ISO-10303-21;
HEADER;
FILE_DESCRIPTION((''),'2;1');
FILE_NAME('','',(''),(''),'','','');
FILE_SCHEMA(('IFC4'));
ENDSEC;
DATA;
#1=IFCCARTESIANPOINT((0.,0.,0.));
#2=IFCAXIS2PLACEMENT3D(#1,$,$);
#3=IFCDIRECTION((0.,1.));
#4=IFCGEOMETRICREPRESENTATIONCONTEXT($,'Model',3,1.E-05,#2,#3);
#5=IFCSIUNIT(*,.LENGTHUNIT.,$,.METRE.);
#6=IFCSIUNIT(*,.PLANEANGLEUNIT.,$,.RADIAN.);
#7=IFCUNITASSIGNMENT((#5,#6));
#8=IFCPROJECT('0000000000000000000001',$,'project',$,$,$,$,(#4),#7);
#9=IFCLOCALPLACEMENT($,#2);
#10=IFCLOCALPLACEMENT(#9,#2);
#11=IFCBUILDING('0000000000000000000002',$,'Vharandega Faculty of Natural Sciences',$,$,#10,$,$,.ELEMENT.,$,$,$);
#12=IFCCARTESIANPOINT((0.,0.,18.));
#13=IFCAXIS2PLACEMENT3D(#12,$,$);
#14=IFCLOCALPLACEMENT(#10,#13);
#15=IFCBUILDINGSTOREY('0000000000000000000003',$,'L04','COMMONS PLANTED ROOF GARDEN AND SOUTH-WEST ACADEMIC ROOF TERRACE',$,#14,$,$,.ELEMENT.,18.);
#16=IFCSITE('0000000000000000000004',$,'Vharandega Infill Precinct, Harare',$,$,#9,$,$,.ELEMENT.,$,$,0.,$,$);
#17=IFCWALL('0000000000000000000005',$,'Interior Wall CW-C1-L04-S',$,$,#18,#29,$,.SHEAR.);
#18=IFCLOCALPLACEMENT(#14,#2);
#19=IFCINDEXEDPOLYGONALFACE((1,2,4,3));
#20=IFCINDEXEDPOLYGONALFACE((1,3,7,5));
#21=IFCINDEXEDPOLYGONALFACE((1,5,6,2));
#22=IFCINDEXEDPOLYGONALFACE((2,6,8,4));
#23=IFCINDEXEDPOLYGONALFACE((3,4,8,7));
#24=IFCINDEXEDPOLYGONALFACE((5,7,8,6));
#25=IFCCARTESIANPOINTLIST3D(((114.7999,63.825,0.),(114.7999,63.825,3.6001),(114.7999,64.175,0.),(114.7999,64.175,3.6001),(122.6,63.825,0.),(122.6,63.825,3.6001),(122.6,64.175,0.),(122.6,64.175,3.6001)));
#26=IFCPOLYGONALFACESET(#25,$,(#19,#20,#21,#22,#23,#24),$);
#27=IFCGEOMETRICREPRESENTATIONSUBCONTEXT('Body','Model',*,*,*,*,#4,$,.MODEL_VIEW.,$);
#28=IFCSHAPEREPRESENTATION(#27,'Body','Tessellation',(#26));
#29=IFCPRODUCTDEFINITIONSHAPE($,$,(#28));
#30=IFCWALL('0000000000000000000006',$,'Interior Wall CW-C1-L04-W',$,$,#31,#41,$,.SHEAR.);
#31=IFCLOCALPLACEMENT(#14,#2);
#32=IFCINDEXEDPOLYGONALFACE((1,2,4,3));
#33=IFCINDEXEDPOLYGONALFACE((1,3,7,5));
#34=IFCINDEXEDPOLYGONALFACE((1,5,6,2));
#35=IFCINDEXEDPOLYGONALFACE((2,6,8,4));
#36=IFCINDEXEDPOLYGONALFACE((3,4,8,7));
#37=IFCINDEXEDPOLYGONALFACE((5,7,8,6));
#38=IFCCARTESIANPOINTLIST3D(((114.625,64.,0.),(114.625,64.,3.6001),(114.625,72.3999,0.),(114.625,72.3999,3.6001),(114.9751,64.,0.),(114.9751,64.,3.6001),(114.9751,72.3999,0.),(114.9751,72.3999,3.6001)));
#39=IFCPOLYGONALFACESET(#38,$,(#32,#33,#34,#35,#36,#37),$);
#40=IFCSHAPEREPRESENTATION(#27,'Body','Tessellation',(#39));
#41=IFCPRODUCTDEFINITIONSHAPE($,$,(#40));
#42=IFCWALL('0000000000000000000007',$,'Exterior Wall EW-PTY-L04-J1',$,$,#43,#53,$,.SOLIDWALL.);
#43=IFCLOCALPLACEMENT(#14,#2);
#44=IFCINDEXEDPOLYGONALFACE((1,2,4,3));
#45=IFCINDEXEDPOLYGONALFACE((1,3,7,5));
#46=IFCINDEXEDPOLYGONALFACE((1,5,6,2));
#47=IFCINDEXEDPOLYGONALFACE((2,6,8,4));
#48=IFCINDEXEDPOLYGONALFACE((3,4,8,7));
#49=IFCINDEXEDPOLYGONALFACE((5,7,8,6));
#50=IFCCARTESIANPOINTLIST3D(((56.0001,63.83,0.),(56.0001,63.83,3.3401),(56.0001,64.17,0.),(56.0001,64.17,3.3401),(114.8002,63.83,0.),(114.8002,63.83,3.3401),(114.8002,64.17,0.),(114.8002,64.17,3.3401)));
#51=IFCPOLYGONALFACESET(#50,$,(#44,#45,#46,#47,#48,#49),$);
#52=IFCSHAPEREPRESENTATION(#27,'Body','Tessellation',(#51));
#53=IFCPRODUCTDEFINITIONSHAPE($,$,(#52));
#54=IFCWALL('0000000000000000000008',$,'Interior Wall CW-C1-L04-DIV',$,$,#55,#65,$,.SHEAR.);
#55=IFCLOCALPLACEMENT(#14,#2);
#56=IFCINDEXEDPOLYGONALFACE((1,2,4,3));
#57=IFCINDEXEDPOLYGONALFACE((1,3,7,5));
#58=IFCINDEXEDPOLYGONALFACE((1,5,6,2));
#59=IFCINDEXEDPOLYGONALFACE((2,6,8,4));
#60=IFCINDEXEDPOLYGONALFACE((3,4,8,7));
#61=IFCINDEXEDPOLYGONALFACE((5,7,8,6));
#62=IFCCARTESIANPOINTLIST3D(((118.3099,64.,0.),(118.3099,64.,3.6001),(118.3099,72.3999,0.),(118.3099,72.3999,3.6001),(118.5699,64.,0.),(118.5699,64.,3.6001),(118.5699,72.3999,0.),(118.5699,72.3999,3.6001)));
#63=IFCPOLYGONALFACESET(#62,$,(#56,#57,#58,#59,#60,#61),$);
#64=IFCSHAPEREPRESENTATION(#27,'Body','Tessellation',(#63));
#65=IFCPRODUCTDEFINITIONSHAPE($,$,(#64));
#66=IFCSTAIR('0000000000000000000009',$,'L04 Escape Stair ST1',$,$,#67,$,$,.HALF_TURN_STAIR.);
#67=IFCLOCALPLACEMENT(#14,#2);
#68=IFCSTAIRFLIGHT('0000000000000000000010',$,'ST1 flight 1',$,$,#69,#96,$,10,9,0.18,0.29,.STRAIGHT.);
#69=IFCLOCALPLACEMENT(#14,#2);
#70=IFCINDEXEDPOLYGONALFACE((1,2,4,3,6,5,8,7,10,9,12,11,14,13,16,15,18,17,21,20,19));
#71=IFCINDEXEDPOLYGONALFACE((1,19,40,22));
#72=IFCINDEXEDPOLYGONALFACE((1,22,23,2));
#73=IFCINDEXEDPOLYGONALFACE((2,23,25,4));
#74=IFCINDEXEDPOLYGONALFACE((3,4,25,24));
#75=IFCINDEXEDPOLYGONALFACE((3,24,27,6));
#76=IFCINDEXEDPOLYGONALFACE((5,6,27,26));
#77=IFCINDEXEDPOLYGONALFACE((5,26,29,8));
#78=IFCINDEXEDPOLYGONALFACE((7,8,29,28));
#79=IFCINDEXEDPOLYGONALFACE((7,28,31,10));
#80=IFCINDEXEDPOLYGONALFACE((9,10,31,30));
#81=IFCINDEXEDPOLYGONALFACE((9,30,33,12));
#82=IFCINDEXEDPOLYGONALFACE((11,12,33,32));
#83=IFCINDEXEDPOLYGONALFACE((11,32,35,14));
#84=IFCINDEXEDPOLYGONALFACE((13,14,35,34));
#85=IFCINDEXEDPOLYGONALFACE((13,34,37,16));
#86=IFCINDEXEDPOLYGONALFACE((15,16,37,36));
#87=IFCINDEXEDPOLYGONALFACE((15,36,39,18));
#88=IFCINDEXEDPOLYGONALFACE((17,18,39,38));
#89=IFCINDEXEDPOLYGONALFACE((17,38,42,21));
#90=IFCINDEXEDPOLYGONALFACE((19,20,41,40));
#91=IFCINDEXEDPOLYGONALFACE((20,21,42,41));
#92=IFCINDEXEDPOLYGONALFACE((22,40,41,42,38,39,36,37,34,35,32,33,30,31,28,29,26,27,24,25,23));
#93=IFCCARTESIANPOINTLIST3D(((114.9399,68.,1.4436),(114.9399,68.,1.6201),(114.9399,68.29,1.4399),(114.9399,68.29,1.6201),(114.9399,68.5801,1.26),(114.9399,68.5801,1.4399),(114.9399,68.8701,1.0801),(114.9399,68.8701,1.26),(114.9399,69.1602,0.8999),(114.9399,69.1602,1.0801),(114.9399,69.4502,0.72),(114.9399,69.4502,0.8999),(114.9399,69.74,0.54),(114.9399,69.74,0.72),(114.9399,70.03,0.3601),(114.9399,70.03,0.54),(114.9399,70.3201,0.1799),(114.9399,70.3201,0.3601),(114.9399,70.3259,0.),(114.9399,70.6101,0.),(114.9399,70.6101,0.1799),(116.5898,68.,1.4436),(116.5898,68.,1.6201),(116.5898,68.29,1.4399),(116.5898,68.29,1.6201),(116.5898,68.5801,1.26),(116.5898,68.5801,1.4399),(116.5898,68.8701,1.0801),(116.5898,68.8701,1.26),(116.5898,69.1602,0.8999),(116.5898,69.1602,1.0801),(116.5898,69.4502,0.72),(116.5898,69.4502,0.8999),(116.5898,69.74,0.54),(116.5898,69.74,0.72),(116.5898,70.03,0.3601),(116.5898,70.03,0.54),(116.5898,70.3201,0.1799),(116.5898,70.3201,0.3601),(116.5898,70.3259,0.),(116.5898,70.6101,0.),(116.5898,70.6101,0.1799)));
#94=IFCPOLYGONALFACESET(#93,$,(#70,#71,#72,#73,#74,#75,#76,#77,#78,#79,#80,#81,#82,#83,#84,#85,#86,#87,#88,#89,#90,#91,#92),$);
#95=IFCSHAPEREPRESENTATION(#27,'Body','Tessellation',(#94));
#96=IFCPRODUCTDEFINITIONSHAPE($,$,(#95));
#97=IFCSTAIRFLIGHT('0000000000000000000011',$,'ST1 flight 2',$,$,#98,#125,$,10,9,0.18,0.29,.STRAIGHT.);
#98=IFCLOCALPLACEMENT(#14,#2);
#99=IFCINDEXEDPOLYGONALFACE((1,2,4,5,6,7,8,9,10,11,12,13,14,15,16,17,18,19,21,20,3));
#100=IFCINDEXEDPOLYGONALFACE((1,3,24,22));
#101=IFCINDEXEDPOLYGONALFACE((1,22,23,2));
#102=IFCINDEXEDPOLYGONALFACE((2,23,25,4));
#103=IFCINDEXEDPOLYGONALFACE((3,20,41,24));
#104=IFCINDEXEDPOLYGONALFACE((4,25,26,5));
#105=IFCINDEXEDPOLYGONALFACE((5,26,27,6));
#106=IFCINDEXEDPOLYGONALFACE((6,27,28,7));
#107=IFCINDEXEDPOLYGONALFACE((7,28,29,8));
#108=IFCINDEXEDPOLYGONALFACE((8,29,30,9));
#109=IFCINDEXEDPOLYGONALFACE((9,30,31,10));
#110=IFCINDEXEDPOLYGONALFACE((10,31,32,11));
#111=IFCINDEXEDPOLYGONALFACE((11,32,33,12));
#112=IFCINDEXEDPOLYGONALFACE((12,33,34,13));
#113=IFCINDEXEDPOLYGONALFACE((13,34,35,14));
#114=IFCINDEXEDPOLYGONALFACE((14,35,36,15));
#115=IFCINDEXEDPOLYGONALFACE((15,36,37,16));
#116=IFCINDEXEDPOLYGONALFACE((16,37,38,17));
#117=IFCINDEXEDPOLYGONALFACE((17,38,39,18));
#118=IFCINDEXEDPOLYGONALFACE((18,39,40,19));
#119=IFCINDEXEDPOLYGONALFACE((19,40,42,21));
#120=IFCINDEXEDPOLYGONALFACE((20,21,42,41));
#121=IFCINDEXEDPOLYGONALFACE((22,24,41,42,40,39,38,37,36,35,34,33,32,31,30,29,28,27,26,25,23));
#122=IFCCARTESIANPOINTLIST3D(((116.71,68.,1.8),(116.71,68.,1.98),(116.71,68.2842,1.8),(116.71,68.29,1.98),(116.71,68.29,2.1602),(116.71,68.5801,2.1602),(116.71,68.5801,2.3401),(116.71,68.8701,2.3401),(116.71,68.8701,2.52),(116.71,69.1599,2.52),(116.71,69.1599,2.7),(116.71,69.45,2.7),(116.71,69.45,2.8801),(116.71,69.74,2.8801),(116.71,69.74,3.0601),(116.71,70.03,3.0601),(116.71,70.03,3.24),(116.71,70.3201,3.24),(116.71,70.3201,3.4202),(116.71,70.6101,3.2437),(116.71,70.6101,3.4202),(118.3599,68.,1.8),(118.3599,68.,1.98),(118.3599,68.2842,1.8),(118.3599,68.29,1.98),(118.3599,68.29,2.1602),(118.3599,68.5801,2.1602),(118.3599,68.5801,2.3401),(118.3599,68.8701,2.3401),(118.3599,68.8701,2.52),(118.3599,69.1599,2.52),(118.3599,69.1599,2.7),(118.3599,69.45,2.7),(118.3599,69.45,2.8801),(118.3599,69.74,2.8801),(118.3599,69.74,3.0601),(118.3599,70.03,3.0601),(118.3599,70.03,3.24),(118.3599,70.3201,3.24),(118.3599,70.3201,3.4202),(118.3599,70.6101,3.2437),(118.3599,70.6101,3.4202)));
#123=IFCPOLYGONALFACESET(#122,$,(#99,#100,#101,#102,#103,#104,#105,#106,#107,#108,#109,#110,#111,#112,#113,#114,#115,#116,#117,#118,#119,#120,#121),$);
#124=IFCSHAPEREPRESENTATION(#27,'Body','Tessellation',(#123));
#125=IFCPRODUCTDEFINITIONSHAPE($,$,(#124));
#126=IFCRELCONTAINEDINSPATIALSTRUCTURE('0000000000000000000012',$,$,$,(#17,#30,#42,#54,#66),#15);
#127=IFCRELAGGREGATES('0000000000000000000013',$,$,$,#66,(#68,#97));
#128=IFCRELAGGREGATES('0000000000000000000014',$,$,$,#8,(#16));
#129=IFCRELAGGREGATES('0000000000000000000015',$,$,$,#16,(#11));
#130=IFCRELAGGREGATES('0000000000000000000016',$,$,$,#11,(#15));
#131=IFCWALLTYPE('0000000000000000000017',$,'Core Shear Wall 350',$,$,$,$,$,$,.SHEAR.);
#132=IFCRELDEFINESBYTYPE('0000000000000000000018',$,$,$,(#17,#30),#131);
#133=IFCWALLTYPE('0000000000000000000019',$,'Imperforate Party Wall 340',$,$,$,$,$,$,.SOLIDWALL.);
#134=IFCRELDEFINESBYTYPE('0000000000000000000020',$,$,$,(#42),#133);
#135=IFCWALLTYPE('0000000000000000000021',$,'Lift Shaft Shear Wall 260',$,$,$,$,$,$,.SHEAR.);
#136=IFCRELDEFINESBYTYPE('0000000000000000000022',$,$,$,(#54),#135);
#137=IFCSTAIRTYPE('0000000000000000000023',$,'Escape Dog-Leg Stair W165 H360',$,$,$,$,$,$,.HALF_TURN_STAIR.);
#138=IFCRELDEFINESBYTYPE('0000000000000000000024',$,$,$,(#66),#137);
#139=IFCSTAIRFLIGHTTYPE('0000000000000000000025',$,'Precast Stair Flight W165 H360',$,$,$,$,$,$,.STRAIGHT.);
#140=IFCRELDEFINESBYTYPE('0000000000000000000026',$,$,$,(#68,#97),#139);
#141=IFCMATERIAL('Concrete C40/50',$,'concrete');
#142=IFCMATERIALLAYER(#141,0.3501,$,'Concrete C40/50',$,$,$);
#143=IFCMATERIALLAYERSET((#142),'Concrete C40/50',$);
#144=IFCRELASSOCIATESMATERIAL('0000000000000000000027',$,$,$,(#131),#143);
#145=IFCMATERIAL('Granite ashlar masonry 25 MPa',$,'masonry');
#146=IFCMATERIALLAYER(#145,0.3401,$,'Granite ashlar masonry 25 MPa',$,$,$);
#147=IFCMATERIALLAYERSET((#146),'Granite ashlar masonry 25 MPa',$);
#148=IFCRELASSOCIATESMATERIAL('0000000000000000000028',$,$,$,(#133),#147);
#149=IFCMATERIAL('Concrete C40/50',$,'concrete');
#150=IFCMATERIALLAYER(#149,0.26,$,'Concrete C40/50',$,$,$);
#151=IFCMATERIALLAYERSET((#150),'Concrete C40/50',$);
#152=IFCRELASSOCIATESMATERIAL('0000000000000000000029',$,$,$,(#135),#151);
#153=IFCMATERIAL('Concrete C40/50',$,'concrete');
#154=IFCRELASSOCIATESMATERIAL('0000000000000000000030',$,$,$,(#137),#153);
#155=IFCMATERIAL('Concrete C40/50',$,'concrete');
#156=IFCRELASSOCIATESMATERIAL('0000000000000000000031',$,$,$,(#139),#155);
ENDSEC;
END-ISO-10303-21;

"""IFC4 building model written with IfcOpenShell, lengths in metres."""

from ifc_helpers import new_model, si_unit, direction, frame, frame_2d, origin, place, context, subcontext, project, spatial, polyline, rectangle, outline, extrude, material, layer, layer_set, type_object, element, aggregate, save


model = new_model("IFC4")

# Units and contexts
model_context = context("Model", 3, precision=1e-05, world=origin(), true_north=direction((0.0, 1.0)))
body_context = subcontext(model_context, "Body", "Model", "MODEL_VIEW")
ifc_project = project(units=[si_unit("LENGTHUNIT", "METRE"), si_unit("PLANEANGLEUNIT", "RADIAN")], contexts=[model_context])

# Site, building, storey
site_placement = place(None, origin())
site = spatial("IfcSite", under=ifc_project, at=site_placement, Name="Vharandega Infill Precinct, Harare", CompositionType="ELEMENT", RefElevation=0.0)
building_placement = place(site_placement, origin())
building = spatial("IfcBuilding", under=site, at=building_placement, Name="Vharandega Faculty of Natural Sciences", CompositionType="ELEMENT")
storey_placement = place(building_placement, frame((0.0, 0.0, 18.0)))
storey = spatial("IfcBuildingStorey", under=building, at=storey_placement, Name="L04", Description="COMMONS PLANTED ROOF GARDEN AND SOUTH-WEST ACADEMIC ROOF TERRACE", CompositionType="ELEMENT", Elevation=18.0)

# Walls
ifc_material_1 = material(Name="Concrete C40/50", Category="concrete")
ifc_layer_1 = layer(ifc_material_1, 0.3501, Name="Concrete C40/50")
ifc_layer_set_1 = layer_set([ifc_layer_1], Name="Concrete C40/50")
wall_type_1 = type_object("IfcWallType", Name="Core Shear Wall 350", PredefinedType="SHEAR", material=ifc_layer_set_1)
wall_1_placement = place(storey_placement, frame((114.8, 64.0, 0.0), z_axis=(0.0, 0.0, 1.0), x_axis=(1.0, 0.0, 0.0)))
element("IfcWall", 1, at=wall_1_placement, inside=storey, type_object=wall_type_1, Name="Interior Wall CW-C1-L04-S", PredefinedType="SHEAR", context=body_context, shape_type="SweptSolid", body=[
    extrude(rectangle(XDim=7.8, YDim=0.3501, at=frame_2d((3.8999, 0.0))), origin(), (0.0, 0.0, 1.0), 3.6001),
])
wall_2_placement = place(storey_placement, frame((114.8, 64.0, 0.0), z_axis=(0.0, 0.0, 1.0), x_axis=(0.0, 1.0, 0.0)))
element("IfcWall", 2, at=wall_2_placement, inside=storey, type_object=wall_type_1, Name="Interior Wall CW-C1-L04-W", PredefinedType="SHEAR", context=body_context, shape_type="SweptSolid", body=[
    extrude(rectangle(XDim=8.3999, YDim=0.3501, at=frame_2d((4.2, 0.0))), origin(), (0.0, 0.0, 1.0), 3.6001),
])
ifc_material_2 = material(Name="Granite ashlar masonry 25 MPa", Category="masonry")
ifc_layer_2 = layer(ifc_material_2, 0.3401, Name="Granite ashlar masonry 25 MPa")
ifc_layer_set_2 = layer_set([ifc_layer_2], Name="Granite ashlar masonry 25 MPa")
wall_type_2 = type_object("IfcWallType", Name="Imperforate Party Wall 340", PredefinedType="SOLIDWALL", material=ifc_layer_set_2)
wall_3_placement = place(storey_placement, frame((114.8, 64.0, 0.0), z_axis=(0.0, 0.0, 1.0), x_axis=(-1.0, 0.0, 0.0)))
element("IfcWall", 3, at=wall_3_placement, inside=storey, type_object=wall_type_2, Name="Exterior Wall EW-PTY-L04-J1", PredefinedType="SOLIDWALL", context=body_context, shape_type="SweptSolid", body=[
    extrude(rectangle(XDim=58.8, YDim=0.3401, at=frame_2d((29.3999, 0.0))), origin(), (0.0, 0.0, 1.0), 3.3401),
])
ifc_material_3 = material(Name="Concrete C40/50", Category="concrete")
ifc_layer_3 = layer(ifc_material_3, 0.26, Name="Concrete C40/50")
ifc_layer_set_3 = layer_set([ifc_layer_3], Name="Concrete C40/50")
wall_type_3 = type_object("IfcWallType", Name="Lift Shaft Shear Wall 260", PredefinedType="SHEAR", material=ifc_layer_set_3)
wall_4_placement = place(storey_placement, frame((118.4399, 64.0, 0.0), z_axis=(0.0, 0.0, 1.0), x_axis=(0.0, 1.0, 0.0)))
element("IfcWall", 4, at=wall_4_placement, inside=storey, type_object=wall_type_3, Name="Interior Wall CW-C1-L04-DIV", PredefinedType="SHEAR", context=body_context, shape_type="SweptSolid", body=[
    extrude(rectangle(XDim=8.3999, YDim=0.26, at=frame_2d((4.2, 0.0))), origin(), (0.0, 0.0, 1.0), 3.6001),
])

# Stair, stair flights
ifc_material_4 = material(Name="Concrete C40/50", Category="concrete")
stair_type = type_object("IfcStairType", Name="Escape Dog-Leg Stair W165 H360", PredefinedType="HALF_TURN_STAIR", material=ifc_material_4)
stair_placement = place(storey_placement, origin())
stair = element("IfcStair", 5, at=stair_placement, inside=storey, type_object=stair_type, Name="L04 Escape Stair ST1", PredefinedType="HALF_TURN_STAIR")
ifc_material_5 = material(Name="Concrete C40/50", Category="concrete")
stair_flight_type = type_object("IfcStairFlightType", Name="Precast Stair Flight W165 H360", PredefinedType="STRAIGHT", material=ifc_material_5)
stair_flight_1_placement = place(storey_placement, frame((115.7649, 70.6101, 0.0), z_axis=(0.0, 0.0, 1.0), x_axis=(0.0, -1.0, 0.0)))
stair_flight_1 = element("IfcStairFlight", 6, at=stair_flight_1_placement, type_object=stair_flight_type, Name="ST1 flight 1", NumberOfRisers=10, NumberOfTreads=9, PredefinedType="STRAIGHT", RiserHeight=0.18, TreadLength=0.29, context=body_context, shape_type="SweptSolid", body=[
    extrude(outline(polyline([(0.0, 0.0), (0.0, 0.1799), (0.29, 0.1799), (0.29, 0.3601), (0.5801, 0.3601), (0.5801, 0.54), (0.8701, 0.54), (0.8701, 0.72), (1.1599, 0.72), (1.1599, 0.8999), (1.45, 0.8999), (1.45, 1.0801), (1.74, 1.0801), (1.74, 1.26), (2.03, 1.26), (2.03, 1.4399), (2.3201, 1.4399), (2.3201, 1.6201), (2.6101, 1.6201), (2.6101, 1.8), (2.6101, 1.4436), (0.2842, 0.0), (0.0, 0.0)])), frame((0.0, 0.825, 0.0), z_axis=(0.0, -1.0, 0.0), x_axis=(1.0, 0.0, 0.0)), (0.0, 0.0, 1.0), 1.6499),
])
stair_flight_2_placement = place(storey_placement, frame((117.5349, 68.0, 1.8), z_axis=(0.0, 0.0, 1.0), x_axis=(0.0, 1.0, 0.0)))
stair_flight_2 = element("IfcStairFlight", 7, at=stair_flight_2_placement, type_object=stair_flight_type, Name="ST1 flight 2", NumberOfRisers=10, NumberOfTreads=9, PredefinedType="STRAIGHT", RiserHeight=0.18, TreadLength=0.29, context=body_context, shape_type="SweptSolid", body=[
    extrude(outline(polyline([(0.0, 0.0), (0.0, 0.1799), (0.29, 0.1799), (0.29, 0.3601), (0.5801, 0.3601), (0.5801, 0.54), (0.8701, 0.54), (0.8701, 0.72), (1.1599, 0.72), (1.1599, 0.8999), (1.45, 0.8999), (1.45, 1.0801), (1.74, 1.0801), (1.74, 1.26), (2.03, 1.26), (2.03, 1.4399), (2.3201, 1.4399), (2.3201, 1.6201), (2.6101, 1.6201), (2.6101, 1.8), (2.6101, 1.4436), (0.2842, 0.0), (0.0, 0.0)])), frame((0.0, 0.825, 0.0), z_axis=(0.0, -1.0, 0.0), x_axis=(1.0, 0.0, 0.0)), (0.0, 0.0, 1.0), 1.6499),
])
aggregate(stair, [stair_flight_1, stair_flight_2])

save(model, "model.ifc")
